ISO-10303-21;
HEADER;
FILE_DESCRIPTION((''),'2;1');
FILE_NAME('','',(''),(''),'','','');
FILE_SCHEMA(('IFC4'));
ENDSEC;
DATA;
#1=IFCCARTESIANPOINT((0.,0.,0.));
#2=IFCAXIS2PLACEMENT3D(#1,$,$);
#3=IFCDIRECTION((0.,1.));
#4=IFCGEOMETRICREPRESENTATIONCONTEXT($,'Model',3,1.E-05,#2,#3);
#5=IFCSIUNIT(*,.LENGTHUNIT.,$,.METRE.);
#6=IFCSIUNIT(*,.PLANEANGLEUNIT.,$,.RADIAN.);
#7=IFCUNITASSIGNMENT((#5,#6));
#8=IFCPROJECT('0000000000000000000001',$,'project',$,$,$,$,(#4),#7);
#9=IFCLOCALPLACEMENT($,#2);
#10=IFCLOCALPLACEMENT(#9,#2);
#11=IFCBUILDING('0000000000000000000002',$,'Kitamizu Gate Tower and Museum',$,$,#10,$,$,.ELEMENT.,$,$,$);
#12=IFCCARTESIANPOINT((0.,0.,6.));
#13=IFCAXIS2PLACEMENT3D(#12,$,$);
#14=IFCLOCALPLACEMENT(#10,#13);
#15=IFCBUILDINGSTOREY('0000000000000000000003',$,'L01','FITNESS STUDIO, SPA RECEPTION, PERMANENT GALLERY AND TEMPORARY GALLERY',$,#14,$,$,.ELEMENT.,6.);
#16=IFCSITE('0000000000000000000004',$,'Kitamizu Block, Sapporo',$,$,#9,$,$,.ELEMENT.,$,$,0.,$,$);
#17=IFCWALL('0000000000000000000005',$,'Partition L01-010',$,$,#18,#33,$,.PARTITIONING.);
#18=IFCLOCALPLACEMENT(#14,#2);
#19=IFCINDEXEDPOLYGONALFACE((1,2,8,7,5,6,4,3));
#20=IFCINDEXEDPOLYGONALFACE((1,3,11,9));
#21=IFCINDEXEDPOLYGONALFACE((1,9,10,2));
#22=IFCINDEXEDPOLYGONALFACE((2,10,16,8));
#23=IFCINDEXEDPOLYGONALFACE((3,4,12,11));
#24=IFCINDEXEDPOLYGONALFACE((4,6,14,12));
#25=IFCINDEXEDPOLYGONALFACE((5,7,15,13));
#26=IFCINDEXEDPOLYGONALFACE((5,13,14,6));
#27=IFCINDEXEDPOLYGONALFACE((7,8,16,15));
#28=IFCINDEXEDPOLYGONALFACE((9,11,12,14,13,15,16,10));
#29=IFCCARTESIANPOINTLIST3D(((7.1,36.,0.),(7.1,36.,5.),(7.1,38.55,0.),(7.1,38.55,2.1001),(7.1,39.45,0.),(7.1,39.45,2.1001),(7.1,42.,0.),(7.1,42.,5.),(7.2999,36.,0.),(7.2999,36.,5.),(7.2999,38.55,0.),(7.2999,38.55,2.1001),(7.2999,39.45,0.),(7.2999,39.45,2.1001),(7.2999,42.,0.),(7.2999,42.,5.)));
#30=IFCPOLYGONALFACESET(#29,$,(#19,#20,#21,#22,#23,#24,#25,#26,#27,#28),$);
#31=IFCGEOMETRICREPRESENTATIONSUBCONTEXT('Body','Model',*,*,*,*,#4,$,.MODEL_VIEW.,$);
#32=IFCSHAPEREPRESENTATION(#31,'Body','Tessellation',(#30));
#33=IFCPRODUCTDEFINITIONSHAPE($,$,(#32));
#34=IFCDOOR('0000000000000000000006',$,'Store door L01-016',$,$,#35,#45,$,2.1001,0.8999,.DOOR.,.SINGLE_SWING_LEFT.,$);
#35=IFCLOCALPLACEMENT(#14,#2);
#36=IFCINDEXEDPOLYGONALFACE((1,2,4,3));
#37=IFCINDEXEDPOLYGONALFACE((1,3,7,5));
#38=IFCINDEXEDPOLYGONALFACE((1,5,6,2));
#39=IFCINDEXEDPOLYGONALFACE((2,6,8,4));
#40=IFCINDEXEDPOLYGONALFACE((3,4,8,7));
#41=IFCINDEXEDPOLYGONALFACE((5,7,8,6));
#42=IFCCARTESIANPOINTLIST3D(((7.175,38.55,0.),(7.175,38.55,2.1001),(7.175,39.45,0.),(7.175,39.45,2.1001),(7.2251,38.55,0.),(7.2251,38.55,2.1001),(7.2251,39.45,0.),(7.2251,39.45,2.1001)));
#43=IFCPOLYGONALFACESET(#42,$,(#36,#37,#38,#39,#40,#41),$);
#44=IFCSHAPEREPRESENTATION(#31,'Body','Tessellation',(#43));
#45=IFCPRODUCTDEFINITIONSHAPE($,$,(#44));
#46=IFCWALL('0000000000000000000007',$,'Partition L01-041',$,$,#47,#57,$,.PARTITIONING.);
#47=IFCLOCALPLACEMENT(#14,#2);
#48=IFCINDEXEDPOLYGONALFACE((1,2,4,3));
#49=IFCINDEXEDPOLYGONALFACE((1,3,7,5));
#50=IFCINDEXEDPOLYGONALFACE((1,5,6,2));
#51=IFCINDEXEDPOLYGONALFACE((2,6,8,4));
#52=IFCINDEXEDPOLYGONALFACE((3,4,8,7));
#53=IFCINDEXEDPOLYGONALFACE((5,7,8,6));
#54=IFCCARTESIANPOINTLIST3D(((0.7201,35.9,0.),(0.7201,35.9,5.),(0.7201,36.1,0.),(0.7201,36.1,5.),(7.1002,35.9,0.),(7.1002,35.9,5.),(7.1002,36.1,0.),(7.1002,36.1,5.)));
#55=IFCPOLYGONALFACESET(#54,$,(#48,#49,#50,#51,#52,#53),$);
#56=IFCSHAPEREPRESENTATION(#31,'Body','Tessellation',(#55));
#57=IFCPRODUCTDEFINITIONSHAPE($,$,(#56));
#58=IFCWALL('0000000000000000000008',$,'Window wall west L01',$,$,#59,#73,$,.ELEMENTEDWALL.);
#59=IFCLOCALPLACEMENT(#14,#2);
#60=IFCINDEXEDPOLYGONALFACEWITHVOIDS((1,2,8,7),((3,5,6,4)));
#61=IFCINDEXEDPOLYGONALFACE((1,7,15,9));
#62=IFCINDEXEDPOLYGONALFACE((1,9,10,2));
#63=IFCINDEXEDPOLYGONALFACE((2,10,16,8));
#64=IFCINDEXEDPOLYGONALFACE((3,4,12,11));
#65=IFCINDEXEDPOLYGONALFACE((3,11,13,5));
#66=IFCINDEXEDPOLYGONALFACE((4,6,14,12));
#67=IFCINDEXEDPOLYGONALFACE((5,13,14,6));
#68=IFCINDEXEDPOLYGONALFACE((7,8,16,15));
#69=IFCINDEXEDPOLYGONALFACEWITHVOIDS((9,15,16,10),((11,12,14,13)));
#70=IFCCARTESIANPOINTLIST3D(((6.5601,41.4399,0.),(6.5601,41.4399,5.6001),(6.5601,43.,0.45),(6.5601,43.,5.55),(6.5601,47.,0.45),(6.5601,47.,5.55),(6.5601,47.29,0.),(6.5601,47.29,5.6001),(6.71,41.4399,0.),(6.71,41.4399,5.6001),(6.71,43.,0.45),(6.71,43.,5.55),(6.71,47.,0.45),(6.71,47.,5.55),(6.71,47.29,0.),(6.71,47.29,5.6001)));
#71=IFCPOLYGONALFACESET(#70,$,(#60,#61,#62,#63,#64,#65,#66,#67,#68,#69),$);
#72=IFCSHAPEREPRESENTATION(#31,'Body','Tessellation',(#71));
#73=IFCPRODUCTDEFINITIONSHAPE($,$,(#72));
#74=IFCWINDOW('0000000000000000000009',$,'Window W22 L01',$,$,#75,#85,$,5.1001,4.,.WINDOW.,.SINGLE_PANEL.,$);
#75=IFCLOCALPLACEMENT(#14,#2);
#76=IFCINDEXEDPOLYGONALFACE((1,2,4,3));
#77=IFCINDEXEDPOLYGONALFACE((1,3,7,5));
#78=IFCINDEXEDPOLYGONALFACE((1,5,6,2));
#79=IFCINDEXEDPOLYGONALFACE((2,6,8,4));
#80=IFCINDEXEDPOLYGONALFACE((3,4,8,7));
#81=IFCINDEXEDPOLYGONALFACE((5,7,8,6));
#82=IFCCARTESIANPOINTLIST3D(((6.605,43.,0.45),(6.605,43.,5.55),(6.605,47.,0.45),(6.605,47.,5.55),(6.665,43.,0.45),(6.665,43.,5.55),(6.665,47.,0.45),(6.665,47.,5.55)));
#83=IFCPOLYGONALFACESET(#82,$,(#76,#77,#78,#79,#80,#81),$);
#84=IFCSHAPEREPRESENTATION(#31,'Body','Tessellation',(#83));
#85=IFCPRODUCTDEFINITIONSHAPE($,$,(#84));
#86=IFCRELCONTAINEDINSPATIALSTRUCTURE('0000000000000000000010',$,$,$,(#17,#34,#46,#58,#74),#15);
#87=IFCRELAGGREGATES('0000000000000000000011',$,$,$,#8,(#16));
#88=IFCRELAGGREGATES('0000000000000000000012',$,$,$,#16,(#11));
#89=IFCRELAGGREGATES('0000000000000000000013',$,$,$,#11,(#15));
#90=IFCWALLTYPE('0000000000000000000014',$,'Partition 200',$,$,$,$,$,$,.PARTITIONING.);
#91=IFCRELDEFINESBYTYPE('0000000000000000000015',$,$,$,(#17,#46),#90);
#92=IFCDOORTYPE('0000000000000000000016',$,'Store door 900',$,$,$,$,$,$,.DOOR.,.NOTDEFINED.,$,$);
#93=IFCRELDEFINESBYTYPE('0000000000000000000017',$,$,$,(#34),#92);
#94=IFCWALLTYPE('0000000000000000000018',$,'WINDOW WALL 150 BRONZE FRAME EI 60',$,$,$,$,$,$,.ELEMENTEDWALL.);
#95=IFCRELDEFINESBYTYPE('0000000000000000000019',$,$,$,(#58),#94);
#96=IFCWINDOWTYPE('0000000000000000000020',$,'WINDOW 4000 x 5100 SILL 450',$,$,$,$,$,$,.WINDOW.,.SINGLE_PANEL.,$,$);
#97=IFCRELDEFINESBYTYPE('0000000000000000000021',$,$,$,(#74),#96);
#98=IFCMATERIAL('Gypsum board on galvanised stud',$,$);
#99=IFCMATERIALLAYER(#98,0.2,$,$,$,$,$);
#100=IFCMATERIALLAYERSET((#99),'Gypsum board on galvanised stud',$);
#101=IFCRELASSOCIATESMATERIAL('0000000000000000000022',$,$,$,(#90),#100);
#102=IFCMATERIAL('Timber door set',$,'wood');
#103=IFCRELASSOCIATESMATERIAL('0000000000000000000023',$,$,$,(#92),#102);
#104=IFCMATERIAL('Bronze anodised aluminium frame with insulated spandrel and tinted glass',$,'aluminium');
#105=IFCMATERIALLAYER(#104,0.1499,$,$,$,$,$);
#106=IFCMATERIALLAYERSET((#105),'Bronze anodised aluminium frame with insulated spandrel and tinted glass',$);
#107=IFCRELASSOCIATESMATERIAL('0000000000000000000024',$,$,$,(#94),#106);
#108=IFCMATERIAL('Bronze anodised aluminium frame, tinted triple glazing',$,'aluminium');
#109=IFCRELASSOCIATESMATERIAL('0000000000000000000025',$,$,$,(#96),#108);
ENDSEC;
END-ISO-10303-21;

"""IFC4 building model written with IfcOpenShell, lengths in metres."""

from ifc_helpers import new_model, si_unit, direction, frame, frame_2d, origin, place, context, subcontext, project, spatial, rectangle, extrude, material, layer, layer_set, type_object, element, fill, save


model = new_model("IFC4")

# Units and contexts
model_context = context("Model", 3, precision=1e-05, world=origin(), true_north=direction((0.0, 1.0)))
body_context = subcontext(model_context, "Body", "Model", "MODEL_VIEW")
ifc_project = project(units=[si_unit("LENGTHUNIT", "METRE"), si_unit("PLANEANGLEUNIT", "RADIAN")], contexts=[model_context])

# Site, building, storey
site_placement = place(None, origin())
site = spatial("IfcSite", under=ifc_project, at=site_placement, Name="Kitamizu Block, Sapporo", CompositionType="ELEMENT", RefElevation=0.0)
building_placement = place(site_placement, origin())
building = spatial("IfcBuilding", under=site, at=building_placement, Name="Kitamizu Gate Tower and Museum", CompositionType="ELEMENT")
storey_placement = place(building_placement, frame((0.0, 0.0, 6.0)))
storey = spatial("IfcBuildingStorey", under=building, at=storey_placement, Name="L01", Description="FITNESS STUDIO, SPA RECEPTION, PERMANENT GALLERY AND TEMPORARY GALLERY", CompositionType="ELEMENT", Elevation=6.0)

# Wall, opening, door
ifc_material_1 = material(Name="Gypsum board on galvanised stud")
ifc_layer_1 = layer(ifc_material_1, 0.2)
ifc_layer_set_1 = layer_set([ifc_layer_1], Name="Gypsum board on galvanised stud")
wall_type_1 = type_object("IfcWallType", Name="Partition 200", PredefinedType="PARTITIONING", material=ifc_layer_set_1)
wall_1_placement = place(storey_placement, frame((7.2, 42.0, 0.0), z_axis=(0.0, 0.0, 1.0), x_axis=(0.0, -1.0, 0.0)))
wall_1 = element("IfcWall", 1, at=wall_1_placement, inside=storey, type_object=wall_type_1, Name="Partition L01-010", PredefinedType="PARTITIONING", context=body_context, shape_type="SweptSolid", body=[
    extrude(rectangle(XDim=6.0, YDim=0.2, at=frame_2d((3.0, 0.0))), origin(), (0.0, 0.0, 1.0), 5.0),
])
opening_1_placement = place(wall_1_placement, frame((2.55, 0.0, 0.0)))
opening_1 = element("IfcOpeningElement", 2, at=opening_1_placement, cuts=wall_1, PredefinedType="OPENING", context=body_context, shape_type="SweptSolid", body=[
    extrude(rectangle(XDim=0.8999, YDim=2.1001, at=frame_2d((0.45, 1.05))), frame((0.0, 0.1099, 0.0), z_axis=(0.0, -1.0, 0.0), x_axis=(1.0, 0.0, 0.0)), (0.0, 0.0, 1.0), 0.22),
])
ifc_material_2 = material(Name="Timber door set", Category="wood")
door_type_1 = type_object("IfcDoorType", Name="Store door 900", OperationType="NOTDEFINED", PredefinedType="DOOR", material=ifc_material_2)
door_1_placement = place(opening_1_placement, frame((0.8999, 0.0, 0.0), x_axis=(-1.0, 0.0, 0.0)))
door_1 = element("IfcDoor", 3, at=door_1_placement, inside=storey, type_object=door_type_1, Name="Store door L01-016", OperationType="SINGLE_SWING_LEFT", OverallHeight=2.1001, OverallWidth=0.8999, PredefinedType="DOOR", context=body_context, shape_type="SweptSolid", body=[
    extrude(rectangle(XDim=0.8999, YDim=2.1001, at=frame_2d((0.45, 1.05))), frame((0.0, 0.0249, 0.0), z_axis=(0.0, -1.0, 0.0), x_axis=(1.0, 0.0, 0.0)), (0.0, 0.0, 1.0), 0.05),
])
fill(opening_1, door_1)

# Wall
wall_2_placement = place(storey_placement, frame((7.1001, 36.0, 0.0), z_axis=(0.0, 0.0, 1.0), x_axis=(-1.0, 0.0, 0.0)))
element("IfcWall", 4, at=wall_2_placement, inside=storey, type_object=wall_type_1, Name="Partition L01-041", PredefinedType="PARTITIONING", context=body_context, shape_type="SweptSolid", body=[
    extrude(rectangle(XDim=6.3801, YDim=0.2, at=frame_2d((3.1899, 0.0))), origin(), (0.0, 0.0, 1.0), 5.0),
])

# Wall, opening, window
ifc_material_3 = material(Name="Bronze anodised aluminium frame with insulated spandrel and tinted glass", Category="aluminium")
ifc_layer_2 = layer(ifc_material_3, 0.1499)
ifc_layer_set_2 = layer_set([ifc_layer_2], Name="Bronze anodised aluminium frame with insulated spandrel and tinted glass")
wall_type_2 = type_object("IfcWallType", Name="WINDOW WALL 150 BRONZE FRAME EI 60", PredefinedType="ELEMENTEDWALL", material=ifc_layer_set_2)
wall_3_placement = place(storey_placement, frame((6.635, 41.4399, 0.0), z_axis=(0.0, 0.0, 1.0), x_axis=(0.0, 1.0, 0.0)))
wall_3 = element("IfcWall", 5, at=wall_3_placement, inside=storey, type_object=wall_type_2, Name="Window wall west L01", PredefinedType="ELEMENTEDWALL", context=body_context, shape_type="SweptSolid", body=[
    extrude(rectangle(XDim=5.8501, YDim=0.1499, at=frame_2d((2.925, 0.0))), origin(), (0.0, 0.0, 1.0), 5.6001),
])
opening_2_placement = place(wall_3_placement, frame((1.5601, 0.0, 0.45)))
opening_2 = element("IfcOpeningElement", 6, at=opening_2_placement, cuts=wall_3, PredefinedType="OPENING", context=body_context, shape_type="SweptSolid", body=[
    extrude(rectangle(XDim=4.0, YDim=5.1001, at=frame_2d((2.0, 2.55))), frame((0.0, 0.085, 0.0), z_axis=(0.0, -1.0, 0.0), x_axis=(1.0, 0.0, 0.0)), (0.0, 0.0, 1.0), 0.1699),
])
ifc_material_4 = material(Name="Bronze anodised aluminium frame, tinted triple glazing", Category="aluminium")
window_type = type_object("IfcWindowType", Name="WINDOW 4000 x 5100 SILL 450", PartitioningType="SINGLE_PANEL", PredefinedType="WINDOW", material=ifc_material_4)
window_placement = place(opening_2_placement, origin())
window = element("IfcWindow", 7, at=window_placement, inside=storey, type_object=window_type, Name="Window W22 L01", OverallHeight=5.1001, OverallWidth=4.0, PartitioningType="SINGLE_PANEL", PredefinedType="WINDOW", context=body_context, shape_type="SweptSolid", body=[
    extrude(rectangle(XDim=4.0, YDim=5.1001, at=frame_2d((2.0, 2.55))), frame((0.0, 0.03, 0.0), z_axis=(0.0, -1.0, 0.0), x_axis=(1.0, 0.0, 0.0)), (0.0, 0.0, 1.0), 0.0601),
])
fill(opening_2, window)

save(model, "model.ifc")
